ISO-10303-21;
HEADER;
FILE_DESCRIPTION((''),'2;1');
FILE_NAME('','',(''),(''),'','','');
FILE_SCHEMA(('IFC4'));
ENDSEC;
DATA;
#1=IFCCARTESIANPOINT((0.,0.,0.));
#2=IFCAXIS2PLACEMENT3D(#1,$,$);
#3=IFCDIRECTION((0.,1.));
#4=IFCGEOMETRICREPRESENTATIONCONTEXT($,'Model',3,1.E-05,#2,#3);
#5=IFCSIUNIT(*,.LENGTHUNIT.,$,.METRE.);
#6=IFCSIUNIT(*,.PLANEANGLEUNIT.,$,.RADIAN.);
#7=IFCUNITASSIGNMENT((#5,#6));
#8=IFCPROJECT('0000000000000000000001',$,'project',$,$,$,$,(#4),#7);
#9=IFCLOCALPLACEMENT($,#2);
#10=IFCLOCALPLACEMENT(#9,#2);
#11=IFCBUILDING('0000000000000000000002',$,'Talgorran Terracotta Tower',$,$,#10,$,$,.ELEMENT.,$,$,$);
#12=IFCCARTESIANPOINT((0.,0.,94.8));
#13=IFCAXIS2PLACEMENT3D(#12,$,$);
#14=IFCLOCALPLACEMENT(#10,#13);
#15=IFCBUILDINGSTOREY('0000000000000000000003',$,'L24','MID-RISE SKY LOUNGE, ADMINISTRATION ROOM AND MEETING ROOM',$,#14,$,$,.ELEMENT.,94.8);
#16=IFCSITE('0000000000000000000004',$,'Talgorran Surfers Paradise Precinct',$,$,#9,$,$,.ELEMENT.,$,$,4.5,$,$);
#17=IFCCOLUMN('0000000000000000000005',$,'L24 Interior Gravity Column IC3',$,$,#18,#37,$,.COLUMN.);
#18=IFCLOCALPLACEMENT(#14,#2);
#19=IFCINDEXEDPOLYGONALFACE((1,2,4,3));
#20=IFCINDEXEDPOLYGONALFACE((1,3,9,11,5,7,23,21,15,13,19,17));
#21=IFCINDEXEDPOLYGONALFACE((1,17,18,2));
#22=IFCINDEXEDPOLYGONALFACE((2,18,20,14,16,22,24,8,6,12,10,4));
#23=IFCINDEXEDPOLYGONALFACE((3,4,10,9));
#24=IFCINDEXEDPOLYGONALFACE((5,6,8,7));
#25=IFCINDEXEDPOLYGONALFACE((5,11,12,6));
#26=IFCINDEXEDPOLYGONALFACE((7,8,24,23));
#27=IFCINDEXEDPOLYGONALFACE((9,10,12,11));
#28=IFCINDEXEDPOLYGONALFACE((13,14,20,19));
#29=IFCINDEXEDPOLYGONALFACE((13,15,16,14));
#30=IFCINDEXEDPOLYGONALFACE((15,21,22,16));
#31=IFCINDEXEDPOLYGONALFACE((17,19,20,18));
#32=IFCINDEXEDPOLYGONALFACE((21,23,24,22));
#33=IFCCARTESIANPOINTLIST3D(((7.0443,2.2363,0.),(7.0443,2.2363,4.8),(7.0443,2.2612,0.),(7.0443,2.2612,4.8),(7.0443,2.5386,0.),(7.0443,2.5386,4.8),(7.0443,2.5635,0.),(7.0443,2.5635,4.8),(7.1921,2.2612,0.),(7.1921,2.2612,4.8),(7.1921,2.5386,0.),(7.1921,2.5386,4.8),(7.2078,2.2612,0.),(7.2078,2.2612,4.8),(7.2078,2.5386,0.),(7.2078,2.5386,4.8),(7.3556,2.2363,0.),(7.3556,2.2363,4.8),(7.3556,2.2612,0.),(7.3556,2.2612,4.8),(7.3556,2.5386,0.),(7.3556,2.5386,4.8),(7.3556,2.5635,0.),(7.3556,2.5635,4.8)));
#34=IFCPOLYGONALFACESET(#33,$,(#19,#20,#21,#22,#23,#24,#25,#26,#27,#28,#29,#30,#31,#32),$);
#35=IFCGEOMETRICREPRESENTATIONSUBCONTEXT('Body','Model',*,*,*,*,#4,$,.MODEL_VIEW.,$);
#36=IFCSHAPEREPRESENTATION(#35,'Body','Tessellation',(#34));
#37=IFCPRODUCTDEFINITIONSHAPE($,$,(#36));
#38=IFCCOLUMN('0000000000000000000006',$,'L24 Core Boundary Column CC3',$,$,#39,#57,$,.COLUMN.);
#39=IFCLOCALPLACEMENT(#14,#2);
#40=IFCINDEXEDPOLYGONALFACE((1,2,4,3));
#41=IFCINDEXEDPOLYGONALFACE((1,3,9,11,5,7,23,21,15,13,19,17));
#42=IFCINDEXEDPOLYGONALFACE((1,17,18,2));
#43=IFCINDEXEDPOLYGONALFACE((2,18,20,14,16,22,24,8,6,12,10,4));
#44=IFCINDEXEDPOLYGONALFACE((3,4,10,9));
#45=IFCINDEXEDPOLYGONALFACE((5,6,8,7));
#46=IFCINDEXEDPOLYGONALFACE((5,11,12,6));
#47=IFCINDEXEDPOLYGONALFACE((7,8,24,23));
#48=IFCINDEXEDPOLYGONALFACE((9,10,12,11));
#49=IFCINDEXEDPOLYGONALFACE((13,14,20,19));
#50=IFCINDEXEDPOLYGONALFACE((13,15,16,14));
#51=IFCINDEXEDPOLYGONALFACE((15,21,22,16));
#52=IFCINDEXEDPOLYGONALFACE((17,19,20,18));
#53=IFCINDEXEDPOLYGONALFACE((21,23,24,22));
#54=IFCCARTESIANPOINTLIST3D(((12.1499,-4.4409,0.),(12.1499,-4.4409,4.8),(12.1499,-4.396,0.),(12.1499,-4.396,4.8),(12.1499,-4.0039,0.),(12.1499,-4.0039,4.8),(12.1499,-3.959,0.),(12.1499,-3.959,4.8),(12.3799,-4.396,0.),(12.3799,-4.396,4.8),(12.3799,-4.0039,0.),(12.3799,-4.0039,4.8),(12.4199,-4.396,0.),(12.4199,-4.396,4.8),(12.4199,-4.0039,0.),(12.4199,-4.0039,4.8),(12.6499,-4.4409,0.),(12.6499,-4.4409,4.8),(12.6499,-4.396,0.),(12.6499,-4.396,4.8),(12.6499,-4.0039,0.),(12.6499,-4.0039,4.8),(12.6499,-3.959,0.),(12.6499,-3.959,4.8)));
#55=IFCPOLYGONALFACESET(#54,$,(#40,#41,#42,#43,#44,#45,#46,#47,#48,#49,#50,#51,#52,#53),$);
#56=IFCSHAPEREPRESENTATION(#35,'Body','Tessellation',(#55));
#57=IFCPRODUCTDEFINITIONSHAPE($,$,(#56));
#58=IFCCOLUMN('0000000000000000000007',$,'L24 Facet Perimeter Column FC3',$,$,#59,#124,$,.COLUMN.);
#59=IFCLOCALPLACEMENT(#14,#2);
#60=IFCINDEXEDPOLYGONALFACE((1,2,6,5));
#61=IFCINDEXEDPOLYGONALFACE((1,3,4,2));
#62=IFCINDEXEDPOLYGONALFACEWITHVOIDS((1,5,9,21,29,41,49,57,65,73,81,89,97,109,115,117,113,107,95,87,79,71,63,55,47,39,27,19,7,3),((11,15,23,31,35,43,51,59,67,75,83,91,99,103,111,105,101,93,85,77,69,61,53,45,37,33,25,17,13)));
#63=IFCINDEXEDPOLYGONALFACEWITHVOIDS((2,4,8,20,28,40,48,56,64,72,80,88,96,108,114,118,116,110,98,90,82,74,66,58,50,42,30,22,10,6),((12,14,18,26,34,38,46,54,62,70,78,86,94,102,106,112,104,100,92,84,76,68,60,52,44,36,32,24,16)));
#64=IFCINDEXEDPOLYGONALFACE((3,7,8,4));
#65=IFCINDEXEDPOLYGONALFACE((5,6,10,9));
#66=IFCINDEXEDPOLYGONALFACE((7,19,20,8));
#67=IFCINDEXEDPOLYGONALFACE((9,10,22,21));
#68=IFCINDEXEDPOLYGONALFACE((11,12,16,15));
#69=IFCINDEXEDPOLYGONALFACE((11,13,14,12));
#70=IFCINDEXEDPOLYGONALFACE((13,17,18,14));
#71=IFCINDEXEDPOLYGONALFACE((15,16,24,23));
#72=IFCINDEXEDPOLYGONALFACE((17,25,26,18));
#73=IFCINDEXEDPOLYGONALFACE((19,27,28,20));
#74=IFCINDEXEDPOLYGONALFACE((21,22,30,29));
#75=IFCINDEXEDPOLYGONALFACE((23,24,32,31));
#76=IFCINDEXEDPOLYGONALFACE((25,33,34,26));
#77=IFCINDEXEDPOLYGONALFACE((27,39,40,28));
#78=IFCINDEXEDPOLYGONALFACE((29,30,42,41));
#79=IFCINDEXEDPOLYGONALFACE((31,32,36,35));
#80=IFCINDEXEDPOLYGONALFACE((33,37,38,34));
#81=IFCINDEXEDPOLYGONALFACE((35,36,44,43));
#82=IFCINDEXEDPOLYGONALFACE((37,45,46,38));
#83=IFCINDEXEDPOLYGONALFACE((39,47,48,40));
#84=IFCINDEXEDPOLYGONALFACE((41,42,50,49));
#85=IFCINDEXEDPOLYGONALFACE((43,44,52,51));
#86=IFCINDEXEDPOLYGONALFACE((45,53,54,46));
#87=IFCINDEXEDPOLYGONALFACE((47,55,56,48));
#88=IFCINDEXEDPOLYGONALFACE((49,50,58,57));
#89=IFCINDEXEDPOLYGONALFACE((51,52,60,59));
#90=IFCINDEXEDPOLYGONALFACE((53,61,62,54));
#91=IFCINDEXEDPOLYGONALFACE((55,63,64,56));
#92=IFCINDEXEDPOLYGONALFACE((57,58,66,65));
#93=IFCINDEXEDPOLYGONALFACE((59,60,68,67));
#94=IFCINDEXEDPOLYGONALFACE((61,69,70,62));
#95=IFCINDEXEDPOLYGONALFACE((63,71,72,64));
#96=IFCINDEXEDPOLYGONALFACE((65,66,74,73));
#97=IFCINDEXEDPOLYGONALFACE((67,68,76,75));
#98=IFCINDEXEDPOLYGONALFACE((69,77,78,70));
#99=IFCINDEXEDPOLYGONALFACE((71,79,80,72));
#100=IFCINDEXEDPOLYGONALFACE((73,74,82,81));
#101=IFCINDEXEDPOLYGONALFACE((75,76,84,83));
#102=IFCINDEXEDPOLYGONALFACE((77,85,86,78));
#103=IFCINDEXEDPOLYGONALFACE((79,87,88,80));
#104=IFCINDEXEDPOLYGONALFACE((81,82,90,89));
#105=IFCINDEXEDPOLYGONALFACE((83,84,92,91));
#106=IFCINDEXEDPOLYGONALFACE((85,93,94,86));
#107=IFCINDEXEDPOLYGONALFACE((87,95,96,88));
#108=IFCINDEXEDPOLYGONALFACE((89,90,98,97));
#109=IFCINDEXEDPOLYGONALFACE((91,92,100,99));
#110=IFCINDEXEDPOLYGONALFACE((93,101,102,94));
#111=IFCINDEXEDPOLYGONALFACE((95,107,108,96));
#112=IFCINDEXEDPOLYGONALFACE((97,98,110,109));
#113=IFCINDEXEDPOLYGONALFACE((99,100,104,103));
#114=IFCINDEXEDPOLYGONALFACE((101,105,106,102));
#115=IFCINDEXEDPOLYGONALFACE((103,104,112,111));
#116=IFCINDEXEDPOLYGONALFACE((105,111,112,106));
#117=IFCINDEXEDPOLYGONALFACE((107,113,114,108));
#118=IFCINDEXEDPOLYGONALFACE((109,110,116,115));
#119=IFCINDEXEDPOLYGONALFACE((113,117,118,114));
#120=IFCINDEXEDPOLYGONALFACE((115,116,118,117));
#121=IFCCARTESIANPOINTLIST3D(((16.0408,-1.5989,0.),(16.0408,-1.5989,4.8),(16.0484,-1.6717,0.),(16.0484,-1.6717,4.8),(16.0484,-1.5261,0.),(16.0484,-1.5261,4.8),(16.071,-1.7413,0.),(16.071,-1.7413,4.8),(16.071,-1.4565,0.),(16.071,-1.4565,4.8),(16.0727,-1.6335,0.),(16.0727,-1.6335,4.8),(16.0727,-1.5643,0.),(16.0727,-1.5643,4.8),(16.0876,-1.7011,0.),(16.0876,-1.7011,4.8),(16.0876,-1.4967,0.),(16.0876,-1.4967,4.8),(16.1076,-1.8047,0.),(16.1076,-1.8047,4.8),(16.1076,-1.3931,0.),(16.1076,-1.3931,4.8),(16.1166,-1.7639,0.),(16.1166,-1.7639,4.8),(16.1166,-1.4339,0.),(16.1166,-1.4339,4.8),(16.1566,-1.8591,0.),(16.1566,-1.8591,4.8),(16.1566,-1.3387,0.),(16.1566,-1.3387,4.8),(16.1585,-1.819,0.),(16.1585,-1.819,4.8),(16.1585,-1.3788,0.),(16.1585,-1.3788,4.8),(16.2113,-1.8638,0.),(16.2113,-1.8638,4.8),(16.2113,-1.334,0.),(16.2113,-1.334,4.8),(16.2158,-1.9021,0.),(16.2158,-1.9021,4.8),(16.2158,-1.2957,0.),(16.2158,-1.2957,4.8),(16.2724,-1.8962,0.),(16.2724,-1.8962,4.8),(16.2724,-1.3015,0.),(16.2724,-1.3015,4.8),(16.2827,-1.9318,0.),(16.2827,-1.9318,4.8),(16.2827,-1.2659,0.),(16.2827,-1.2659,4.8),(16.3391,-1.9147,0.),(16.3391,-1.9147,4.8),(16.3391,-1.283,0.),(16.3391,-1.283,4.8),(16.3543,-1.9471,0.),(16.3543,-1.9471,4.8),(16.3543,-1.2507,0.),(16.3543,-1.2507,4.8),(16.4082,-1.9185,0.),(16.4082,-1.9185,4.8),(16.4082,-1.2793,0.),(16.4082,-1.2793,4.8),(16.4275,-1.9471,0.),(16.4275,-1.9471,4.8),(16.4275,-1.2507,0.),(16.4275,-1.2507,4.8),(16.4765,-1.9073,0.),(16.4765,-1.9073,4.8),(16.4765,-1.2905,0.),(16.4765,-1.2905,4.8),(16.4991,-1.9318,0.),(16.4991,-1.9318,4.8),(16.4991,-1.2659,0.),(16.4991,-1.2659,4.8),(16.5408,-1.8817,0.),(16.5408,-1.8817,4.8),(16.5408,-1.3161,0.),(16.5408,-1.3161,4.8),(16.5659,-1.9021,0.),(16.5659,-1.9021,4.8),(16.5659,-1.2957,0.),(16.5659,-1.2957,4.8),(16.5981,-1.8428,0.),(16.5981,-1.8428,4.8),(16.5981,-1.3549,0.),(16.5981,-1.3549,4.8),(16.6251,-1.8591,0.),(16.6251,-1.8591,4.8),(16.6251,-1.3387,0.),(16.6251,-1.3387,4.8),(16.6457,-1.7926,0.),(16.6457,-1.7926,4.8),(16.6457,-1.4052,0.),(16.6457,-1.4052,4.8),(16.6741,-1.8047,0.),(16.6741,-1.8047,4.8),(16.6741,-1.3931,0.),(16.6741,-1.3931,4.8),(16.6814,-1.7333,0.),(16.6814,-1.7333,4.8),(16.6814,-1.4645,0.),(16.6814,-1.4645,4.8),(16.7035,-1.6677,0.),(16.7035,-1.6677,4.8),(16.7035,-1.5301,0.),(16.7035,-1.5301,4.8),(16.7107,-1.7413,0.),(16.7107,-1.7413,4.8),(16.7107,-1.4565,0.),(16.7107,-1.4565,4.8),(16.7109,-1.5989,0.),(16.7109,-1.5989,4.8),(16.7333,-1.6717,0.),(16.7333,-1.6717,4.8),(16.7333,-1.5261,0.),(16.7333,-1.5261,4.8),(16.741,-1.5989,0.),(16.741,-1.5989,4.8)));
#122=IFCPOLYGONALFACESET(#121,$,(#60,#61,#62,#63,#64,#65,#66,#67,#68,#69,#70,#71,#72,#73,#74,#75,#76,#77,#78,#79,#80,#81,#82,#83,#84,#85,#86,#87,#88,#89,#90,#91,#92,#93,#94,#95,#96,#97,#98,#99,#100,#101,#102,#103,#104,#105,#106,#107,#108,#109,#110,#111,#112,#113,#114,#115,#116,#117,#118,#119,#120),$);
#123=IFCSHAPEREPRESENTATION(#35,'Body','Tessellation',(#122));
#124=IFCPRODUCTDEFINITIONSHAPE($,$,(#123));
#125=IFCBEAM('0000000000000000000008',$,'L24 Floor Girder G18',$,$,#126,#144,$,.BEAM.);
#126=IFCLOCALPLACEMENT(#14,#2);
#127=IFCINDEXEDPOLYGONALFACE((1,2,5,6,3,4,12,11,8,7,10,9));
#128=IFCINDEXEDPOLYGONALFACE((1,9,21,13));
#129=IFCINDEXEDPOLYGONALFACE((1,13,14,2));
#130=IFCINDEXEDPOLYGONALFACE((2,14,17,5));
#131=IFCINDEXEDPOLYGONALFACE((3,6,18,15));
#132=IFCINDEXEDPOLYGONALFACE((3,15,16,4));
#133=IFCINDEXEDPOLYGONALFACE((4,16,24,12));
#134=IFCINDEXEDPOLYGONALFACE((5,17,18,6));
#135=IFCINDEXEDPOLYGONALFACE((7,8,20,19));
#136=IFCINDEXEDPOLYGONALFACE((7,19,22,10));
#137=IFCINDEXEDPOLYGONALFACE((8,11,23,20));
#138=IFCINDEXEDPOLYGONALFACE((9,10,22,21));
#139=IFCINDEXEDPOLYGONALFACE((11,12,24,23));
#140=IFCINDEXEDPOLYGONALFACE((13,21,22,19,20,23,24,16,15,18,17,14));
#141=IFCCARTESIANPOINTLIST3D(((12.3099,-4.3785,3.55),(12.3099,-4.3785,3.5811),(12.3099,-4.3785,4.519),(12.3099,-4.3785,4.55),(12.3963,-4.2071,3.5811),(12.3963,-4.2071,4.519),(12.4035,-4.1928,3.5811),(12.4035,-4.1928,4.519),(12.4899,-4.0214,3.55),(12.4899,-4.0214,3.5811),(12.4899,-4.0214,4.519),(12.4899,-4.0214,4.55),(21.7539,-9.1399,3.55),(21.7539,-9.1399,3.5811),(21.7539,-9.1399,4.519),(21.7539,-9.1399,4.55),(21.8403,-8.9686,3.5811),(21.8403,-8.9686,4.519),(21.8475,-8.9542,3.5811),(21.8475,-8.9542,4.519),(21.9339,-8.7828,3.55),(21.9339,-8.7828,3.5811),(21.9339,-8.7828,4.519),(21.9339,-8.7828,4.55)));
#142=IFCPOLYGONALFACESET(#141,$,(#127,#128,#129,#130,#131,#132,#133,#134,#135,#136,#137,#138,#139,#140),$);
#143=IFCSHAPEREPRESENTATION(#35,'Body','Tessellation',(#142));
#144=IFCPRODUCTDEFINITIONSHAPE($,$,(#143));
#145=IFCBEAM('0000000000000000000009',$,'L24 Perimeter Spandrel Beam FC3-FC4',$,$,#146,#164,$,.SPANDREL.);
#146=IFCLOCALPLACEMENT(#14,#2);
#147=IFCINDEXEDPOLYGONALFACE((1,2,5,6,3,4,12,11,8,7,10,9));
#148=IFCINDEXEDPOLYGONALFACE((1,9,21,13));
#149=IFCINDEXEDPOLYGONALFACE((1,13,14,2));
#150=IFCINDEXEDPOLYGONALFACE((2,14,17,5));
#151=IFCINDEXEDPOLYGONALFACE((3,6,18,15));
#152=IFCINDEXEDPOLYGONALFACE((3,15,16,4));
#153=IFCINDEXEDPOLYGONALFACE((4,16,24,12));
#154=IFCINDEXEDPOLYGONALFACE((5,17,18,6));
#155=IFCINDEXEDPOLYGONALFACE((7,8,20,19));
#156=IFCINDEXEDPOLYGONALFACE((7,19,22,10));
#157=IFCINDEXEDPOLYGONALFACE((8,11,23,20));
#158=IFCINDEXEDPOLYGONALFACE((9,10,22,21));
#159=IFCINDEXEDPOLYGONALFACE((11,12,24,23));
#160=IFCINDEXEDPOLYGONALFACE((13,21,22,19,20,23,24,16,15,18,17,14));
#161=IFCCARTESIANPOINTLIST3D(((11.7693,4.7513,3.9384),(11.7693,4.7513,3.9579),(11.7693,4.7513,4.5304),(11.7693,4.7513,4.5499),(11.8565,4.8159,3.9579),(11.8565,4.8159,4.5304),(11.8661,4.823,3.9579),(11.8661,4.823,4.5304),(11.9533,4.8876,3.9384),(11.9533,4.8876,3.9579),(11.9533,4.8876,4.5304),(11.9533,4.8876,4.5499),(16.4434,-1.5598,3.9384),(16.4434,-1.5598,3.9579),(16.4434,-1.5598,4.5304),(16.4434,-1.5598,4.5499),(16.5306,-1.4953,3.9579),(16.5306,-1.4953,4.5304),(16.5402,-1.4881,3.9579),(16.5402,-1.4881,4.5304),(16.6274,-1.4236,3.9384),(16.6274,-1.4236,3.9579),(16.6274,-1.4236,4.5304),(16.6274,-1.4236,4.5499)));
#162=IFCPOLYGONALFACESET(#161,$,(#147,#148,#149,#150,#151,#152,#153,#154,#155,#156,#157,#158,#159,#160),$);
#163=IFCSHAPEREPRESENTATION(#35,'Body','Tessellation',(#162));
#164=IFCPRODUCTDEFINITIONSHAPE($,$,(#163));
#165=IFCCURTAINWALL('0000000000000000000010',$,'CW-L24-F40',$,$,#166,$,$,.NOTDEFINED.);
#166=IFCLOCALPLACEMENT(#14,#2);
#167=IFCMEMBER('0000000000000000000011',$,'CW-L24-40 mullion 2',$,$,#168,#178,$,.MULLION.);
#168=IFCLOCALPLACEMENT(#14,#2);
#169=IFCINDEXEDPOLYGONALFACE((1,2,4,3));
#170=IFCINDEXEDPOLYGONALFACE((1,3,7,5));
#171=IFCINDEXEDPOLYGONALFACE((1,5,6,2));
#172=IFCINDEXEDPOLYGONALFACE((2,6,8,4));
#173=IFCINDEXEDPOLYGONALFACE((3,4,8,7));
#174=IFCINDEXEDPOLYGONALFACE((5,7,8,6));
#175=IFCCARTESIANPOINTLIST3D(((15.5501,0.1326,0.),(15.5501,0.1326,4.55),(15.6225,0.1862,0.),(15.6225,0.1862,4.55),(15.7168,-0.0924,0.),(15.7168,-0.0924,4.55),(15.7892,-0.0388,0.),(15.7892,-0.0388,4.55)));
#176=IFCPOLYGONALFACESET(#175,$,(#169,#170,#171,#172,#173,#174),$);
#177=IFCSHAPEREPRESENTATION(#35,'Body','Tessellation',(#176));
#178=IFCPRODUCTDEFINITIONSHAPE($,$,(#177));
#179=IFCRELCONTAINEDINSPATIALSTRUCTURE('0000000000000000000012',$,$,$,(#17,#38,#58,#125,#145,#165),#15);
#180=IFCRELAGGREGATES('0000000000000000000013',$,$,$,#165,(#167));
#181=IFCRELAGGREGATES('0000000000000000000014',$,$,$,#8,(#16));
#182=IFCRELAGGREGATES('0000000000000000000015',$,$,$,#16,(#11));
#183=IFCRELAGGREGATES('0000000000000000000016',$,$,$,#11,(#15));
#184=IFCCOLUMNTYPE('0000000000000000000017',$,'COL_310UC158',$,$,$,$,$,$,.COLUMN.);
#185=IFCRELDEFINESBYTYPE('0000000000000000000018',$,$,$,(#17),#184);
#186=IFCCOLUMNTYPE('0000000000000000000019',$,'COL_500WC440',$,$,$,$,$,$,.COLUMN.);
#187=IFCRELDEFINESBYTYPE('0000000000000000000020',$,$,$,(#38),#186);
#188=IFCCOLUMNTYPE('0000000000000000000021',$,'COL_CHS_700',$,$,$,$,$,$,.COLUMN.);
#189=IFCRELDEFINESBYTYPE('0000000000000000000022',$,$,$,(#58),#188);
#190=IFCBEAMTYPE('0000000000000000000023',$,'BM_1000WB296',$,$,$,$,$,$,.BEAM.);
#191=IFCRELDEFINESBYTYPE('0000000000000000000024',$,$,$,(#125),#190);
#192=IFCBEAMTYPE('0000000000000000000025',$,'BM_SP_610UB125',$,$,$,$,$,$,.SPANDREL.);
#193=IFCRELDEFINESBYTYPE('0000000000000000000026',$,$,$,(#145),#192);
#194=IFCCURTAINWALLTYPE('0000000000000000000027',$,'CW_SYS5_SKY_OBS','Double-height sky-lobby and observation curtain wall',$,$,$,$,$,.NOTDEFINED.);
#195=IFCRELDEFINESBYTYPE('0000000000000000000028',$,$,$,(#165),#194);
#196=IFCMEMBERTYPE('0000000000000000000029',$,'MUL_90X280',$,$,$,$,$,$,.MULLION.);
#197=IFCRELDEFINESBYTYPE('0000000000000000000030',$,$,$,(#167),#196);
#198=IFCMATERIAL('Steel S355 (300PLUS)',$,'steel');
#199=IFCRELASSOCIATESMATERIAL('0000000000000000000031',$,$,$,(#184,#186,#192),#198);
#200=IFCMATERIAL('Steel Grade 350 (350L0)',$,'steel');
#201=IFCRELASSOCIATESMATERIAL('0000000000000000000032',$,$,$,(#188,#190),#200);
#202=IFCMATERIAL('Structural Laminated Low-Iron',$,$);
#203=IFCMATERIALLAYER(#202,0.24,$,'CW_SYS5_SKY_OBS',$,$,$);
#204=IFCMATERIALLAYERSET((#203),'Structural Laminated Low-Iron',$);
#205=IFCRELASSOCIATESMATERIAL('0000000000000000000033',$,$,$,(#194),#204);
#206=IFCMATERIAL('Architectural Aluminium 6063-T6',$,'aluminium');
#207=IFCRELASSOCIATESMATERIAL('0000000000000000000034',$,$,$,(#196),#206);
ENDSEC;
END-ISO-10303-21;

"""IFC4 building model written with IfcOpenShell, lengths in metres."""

from ifc_helpers import new_model, si_unit, direction, frame, origin, origin_2d, place, context, subcontext, project, spatial, rectangle, hollow_circle, i_section, extrude, material, layer, layer_set, material_profile, profile_set, type_object, element, aggregate, save


model = new_model("IFC4")

# Units and contexts
model_context = context("Model", 3, precision=1e-05, world=origin(), true_north=direction((0.0, 1.0)))
body_context = subcontext(model_context, "Body", "Model", "MODEL_VIEW")
ifc_project = project(units=[si_unit("LENGTHUNIT", "METRE"), si_unit("PLANEANGLEUNIT", "RADIAN")], contexts=[model_context])

# Site, building, storey
site_placement = place(None, origin())
site = spatial("IfcSite", under=ifc_project, at=site_placement, Name="Talgorran Surfers Paradise Precinct", CompositionType="ELEMENT", RefElevation=4.5)
building_placement = place(site_placement, origin())
building = spatial("IfcBuilding", under=site, at=building_placement, Name="Talgorran Terracotta Tower", CompositionType="ELEMENT")
storey_placement = place(building_placement, frame((0.0, 0.0, 94.8)))
storey = spatial("IfcBuildingStorey", under=building, at=storey_placement, Name="L24", Description="MID-RISE SKY LOUNGE, ADMINISTRATION ROOM AND MEETING ROOM", CompositionType="ELEMENT", Elevation=94.8)

# Columns
ifc_material_1 = material(Name="Steel S355 (300PLUS)", Category="steel")
ifc_material_profile_1 = material_profile(ifc_material_1, i_section(OverallWidth=0.3113, OverallDepth=0.3271, WebThickness=0.0156, FlangeThickness=0.0249, at=origin_2d()), Name="310UC158")
ifc_profile_set_1 = profile_set([ifc_material_profile_1], Name="Steel S355 (300PLUS)")
column_type_1 = type_object("IfcColumnType", Name="COL_310UC158", PredefinedType="COLUMN", material=ifc_profile_set_1)
column_1_placement = place(storey_placement, frame((7.2, 2.3999, 0.0), z_axis=(0.0, 0.0, 1.0), x_axis=(1.0, 0.0, 0.0)))
element("IfcColumn", 1, at=column_1_placement, inside=storey, type_object=column_type_1, Name="L24 Interior Gravity Column IC3", PredefinedType="COLUMN", context=body_context, shape_type="SweptSolid", body=[
    extrude(i_section(OverallWidth=0.3113, OverallDepth=0.3271, WebThickness=0.0156, FlangeThickness=0.0249, at=origin_2d()), origin(), (0.0, 0.0, 1.0), 4.8),
])
ifc_material_profile_2 = material_profile(ifc_material_1, i_section(OverallWidth=0.5, OverallDepth=0.4819, WebThickness=0.04, FlangeThickness=0.0449, at=origin_2d()), Name="500WC440")
ifc_profile_set_2 = profile_set([ifc_material_profile_2], Name="Steel S355 (300PLUS)")
column_type_2 = type_object("IfcColumnType", Name="COL_500WC440", PredefinedType="COLUMN", material=ifc_profile_set_2)
column_2_placement = place(storey_placement, frame((12.3999, -4.2, 0.0), z_axis=(0.0, 0.0, 1.0), x_axis=(1.0, 0.0, 0.0)))
element("IfcColumn", 2, at=column_2_placement, inside=storey, type_object=column_type_2, Name="L24 Core Boundary Column CC3", PredefinedType="COLUMN", context=body_context, shape_type="SweptSolid", body=[
    extrude(i_section(OverallWidth=0.5, OverallDepth=0.4819, WebThickness=0.04, FlangeThickness=0.0449, at=origin_2d()), origin(), (0.0, 0.0, 1.0), 4.8),
])
ifc_material_2 = material(Name="Steel Grade 350 (350L0)", Category="steel")
ifc_material_profile_3 = material_profile(ifc_material_2, hollow_circle(Radius=0.3501, WallThickness=0.03, at=origin_2d()), Name="CHS700X30")
ifc_profile_set_3 = profile_set([ifc_material_profile_3], Name="Steel Grade 350 (350L0)")
column_type_3 = type_object("IfcColumnType", Name="COL_CHS_700", PredefinedType="COLUMN", material=ifc_profile_set_3)
column_3_placement = place(storey_placement, frame((16.3909, -1.5989, 0.0), z_axis=(0.0, 0.0, 1.0), x_axis=(1.0, 0.0, 0.0)))
element("IfcColumn", 3, at=column_3_placement, inside=storey, type_object=column_type_3, Name="L24 Facet Perimeter Column FC3", PredefinedType="COLUMN", context=body_context, shape_type="SweptSolid", body=[
    extrude(hollow_circle(Radius=0.3501, WallThickness=0.03, at=origin_2d()), origin(), (0.0, 0.0, 1.0), 4.8),
])

# Beams
ifc_material_profile_4 = material_profile(ifc_material_2, i_section(OverallWidth=0.3999, OverallDepth=1.0, WebThickness=0.0161, FlangeThickness=0.031, at=origin_2d()), Name="1000WB296")
ifc_profile_set_4 = profile_set([ifc_material_profile_4], Name="Steel Grade 350 (350L0)")
beam_type_1 = type_object("IfcBeamType", Name="BM_1000WB296", PredefinedType="BEAM", material=ifc_profile_set_4)
beam_1_placement = place(storey_placement, frame((12.3999, -4.2, 4.05), z_axis=(0.892931, -0.450193, 0.0), x_axis=(0.450193, 0.892931, 0.0)))
element("IfcBeam", 4, at=beam_1_placement, inside=storey, type_object=beam_type_1, Name="L24 Floor Girder G18", PredefinedType="BEAM", context=body_context, shape_type="SweptSolid", body=[
    extrude(i_section(OverallWidth=0.3999, OverallDepth=1.0, WebThickness=0.0161, FlangeThickness=0.031, at=origin_2d()), origin(), (0.0, 0.0, 1.0), 10.5764),
])
ifc_material_profile_5 = material_profile(ifc_material_1, i_section(OverallWidth=0.229, OverallDepth=0.6116, WebThickness=0.012, FlangeThickness=0.0195, at=origin_2d()), Name="610UB125")
ifc_profile_set_5 = profile_set([ifc_material_profile_5], Name="Steel S355 (300PLUS)")
beam_type_2 = type_object("IfcBeamType", Name="BM_SP_610UB125", PredefinedType="SPANDREL", material=ifc_profile_set_5)
beam_2_placement = place(storey_placement, frame((16.5354, -1.4917, 4.2441), z_axis=(-0.595164, 0.803604, 0.0), x_axis=(-0.803604, -0.595164, 0.0)))
element("IfcBeam", 5, at=beam_2_placement, inside=storey, type_object=beam_type_2, Name="L24 Perimeter Spandrel Beam FC3-FC4", PredefinedType="SPANDREL", context=body_context, shape_type="SweptSolid", body=[
    extrude(i_section(OverallWidth=0.229, OverallDepth=0.6116, WebThickness=0.012, FlangeThickness=0.0195, at=origin_2d()), origin(), (0.0, 0.0, 1.0), 7.8535),
])

# Curtain wall, member
ifc_material_3 = material(Name="Structural Laminated Low-Iron")
ifc_layer_1 = layer(ifc_material_3, 0.24, Name="CW_SYS5_SKY_OBS")
ifc_layer_set_1 = layer_set([ifc_layer_1], Name="Structural Laminated Low-Iron")
curtain_wall_type = type_object("IfcCurtainWallType", Name="CW_SYS5_SKY_OBS", Description="Double-height sky-lobby and observation curtain wall", PredefinedType="NOTDEFINED", material=ifc_layer_set_1)
curtain_wall_1_placement = place(storey_placement, origin())
curtain_wall_1 = element("IfcCurtainWall", 6, at=curtain_wall_1_placement, inside=storey, type_object=curtain_wall_type, Name="CW-L24-F40", PredefinedType="NOTDEFINED")
ifc_material_4 = material(Name="Architectural Aluminium 6063-T6", Category="aluminium")
ifc_material_profile_6 = material_profile(ifc_material_4, rectangle(XDim=0.0901, YDim=0.28, at=origin_2d()), Name="CWM90X280")
ifc_profile_set_6 = profile_set([ifc_material_profile_6], Name="Architectural Aluminium 6063-T6")
member_type_1 = type_object("IfcMemberType", Name="MUL_90X280", PredefinedType="MULLION", material=ifc_profile_set_6)
member_1_placement = place(storey_placement, frame((15.6697, 0.0469, 0.0), z_axis=(0.0, 0.0, 1.0), x_axis=(-0.803597, -0.595174, 0.0)))
member_1 = element("IfcMember", 7, at=member_1_placement, type_object=member_type_1, Name="CW-L24-40 mullion 2", PredefinedType="MULLION", context=body_context, shape_type="SweptSolid", body=[
    extrude(rectangle(XDim=0.0901, YDim=0.28, at=origin_2d()), origin(), (0.0, 0.0, 1.0), 4.55),
])

aggregate(curtain_wall_1, [member_1])

save(model, "model.ifc")
